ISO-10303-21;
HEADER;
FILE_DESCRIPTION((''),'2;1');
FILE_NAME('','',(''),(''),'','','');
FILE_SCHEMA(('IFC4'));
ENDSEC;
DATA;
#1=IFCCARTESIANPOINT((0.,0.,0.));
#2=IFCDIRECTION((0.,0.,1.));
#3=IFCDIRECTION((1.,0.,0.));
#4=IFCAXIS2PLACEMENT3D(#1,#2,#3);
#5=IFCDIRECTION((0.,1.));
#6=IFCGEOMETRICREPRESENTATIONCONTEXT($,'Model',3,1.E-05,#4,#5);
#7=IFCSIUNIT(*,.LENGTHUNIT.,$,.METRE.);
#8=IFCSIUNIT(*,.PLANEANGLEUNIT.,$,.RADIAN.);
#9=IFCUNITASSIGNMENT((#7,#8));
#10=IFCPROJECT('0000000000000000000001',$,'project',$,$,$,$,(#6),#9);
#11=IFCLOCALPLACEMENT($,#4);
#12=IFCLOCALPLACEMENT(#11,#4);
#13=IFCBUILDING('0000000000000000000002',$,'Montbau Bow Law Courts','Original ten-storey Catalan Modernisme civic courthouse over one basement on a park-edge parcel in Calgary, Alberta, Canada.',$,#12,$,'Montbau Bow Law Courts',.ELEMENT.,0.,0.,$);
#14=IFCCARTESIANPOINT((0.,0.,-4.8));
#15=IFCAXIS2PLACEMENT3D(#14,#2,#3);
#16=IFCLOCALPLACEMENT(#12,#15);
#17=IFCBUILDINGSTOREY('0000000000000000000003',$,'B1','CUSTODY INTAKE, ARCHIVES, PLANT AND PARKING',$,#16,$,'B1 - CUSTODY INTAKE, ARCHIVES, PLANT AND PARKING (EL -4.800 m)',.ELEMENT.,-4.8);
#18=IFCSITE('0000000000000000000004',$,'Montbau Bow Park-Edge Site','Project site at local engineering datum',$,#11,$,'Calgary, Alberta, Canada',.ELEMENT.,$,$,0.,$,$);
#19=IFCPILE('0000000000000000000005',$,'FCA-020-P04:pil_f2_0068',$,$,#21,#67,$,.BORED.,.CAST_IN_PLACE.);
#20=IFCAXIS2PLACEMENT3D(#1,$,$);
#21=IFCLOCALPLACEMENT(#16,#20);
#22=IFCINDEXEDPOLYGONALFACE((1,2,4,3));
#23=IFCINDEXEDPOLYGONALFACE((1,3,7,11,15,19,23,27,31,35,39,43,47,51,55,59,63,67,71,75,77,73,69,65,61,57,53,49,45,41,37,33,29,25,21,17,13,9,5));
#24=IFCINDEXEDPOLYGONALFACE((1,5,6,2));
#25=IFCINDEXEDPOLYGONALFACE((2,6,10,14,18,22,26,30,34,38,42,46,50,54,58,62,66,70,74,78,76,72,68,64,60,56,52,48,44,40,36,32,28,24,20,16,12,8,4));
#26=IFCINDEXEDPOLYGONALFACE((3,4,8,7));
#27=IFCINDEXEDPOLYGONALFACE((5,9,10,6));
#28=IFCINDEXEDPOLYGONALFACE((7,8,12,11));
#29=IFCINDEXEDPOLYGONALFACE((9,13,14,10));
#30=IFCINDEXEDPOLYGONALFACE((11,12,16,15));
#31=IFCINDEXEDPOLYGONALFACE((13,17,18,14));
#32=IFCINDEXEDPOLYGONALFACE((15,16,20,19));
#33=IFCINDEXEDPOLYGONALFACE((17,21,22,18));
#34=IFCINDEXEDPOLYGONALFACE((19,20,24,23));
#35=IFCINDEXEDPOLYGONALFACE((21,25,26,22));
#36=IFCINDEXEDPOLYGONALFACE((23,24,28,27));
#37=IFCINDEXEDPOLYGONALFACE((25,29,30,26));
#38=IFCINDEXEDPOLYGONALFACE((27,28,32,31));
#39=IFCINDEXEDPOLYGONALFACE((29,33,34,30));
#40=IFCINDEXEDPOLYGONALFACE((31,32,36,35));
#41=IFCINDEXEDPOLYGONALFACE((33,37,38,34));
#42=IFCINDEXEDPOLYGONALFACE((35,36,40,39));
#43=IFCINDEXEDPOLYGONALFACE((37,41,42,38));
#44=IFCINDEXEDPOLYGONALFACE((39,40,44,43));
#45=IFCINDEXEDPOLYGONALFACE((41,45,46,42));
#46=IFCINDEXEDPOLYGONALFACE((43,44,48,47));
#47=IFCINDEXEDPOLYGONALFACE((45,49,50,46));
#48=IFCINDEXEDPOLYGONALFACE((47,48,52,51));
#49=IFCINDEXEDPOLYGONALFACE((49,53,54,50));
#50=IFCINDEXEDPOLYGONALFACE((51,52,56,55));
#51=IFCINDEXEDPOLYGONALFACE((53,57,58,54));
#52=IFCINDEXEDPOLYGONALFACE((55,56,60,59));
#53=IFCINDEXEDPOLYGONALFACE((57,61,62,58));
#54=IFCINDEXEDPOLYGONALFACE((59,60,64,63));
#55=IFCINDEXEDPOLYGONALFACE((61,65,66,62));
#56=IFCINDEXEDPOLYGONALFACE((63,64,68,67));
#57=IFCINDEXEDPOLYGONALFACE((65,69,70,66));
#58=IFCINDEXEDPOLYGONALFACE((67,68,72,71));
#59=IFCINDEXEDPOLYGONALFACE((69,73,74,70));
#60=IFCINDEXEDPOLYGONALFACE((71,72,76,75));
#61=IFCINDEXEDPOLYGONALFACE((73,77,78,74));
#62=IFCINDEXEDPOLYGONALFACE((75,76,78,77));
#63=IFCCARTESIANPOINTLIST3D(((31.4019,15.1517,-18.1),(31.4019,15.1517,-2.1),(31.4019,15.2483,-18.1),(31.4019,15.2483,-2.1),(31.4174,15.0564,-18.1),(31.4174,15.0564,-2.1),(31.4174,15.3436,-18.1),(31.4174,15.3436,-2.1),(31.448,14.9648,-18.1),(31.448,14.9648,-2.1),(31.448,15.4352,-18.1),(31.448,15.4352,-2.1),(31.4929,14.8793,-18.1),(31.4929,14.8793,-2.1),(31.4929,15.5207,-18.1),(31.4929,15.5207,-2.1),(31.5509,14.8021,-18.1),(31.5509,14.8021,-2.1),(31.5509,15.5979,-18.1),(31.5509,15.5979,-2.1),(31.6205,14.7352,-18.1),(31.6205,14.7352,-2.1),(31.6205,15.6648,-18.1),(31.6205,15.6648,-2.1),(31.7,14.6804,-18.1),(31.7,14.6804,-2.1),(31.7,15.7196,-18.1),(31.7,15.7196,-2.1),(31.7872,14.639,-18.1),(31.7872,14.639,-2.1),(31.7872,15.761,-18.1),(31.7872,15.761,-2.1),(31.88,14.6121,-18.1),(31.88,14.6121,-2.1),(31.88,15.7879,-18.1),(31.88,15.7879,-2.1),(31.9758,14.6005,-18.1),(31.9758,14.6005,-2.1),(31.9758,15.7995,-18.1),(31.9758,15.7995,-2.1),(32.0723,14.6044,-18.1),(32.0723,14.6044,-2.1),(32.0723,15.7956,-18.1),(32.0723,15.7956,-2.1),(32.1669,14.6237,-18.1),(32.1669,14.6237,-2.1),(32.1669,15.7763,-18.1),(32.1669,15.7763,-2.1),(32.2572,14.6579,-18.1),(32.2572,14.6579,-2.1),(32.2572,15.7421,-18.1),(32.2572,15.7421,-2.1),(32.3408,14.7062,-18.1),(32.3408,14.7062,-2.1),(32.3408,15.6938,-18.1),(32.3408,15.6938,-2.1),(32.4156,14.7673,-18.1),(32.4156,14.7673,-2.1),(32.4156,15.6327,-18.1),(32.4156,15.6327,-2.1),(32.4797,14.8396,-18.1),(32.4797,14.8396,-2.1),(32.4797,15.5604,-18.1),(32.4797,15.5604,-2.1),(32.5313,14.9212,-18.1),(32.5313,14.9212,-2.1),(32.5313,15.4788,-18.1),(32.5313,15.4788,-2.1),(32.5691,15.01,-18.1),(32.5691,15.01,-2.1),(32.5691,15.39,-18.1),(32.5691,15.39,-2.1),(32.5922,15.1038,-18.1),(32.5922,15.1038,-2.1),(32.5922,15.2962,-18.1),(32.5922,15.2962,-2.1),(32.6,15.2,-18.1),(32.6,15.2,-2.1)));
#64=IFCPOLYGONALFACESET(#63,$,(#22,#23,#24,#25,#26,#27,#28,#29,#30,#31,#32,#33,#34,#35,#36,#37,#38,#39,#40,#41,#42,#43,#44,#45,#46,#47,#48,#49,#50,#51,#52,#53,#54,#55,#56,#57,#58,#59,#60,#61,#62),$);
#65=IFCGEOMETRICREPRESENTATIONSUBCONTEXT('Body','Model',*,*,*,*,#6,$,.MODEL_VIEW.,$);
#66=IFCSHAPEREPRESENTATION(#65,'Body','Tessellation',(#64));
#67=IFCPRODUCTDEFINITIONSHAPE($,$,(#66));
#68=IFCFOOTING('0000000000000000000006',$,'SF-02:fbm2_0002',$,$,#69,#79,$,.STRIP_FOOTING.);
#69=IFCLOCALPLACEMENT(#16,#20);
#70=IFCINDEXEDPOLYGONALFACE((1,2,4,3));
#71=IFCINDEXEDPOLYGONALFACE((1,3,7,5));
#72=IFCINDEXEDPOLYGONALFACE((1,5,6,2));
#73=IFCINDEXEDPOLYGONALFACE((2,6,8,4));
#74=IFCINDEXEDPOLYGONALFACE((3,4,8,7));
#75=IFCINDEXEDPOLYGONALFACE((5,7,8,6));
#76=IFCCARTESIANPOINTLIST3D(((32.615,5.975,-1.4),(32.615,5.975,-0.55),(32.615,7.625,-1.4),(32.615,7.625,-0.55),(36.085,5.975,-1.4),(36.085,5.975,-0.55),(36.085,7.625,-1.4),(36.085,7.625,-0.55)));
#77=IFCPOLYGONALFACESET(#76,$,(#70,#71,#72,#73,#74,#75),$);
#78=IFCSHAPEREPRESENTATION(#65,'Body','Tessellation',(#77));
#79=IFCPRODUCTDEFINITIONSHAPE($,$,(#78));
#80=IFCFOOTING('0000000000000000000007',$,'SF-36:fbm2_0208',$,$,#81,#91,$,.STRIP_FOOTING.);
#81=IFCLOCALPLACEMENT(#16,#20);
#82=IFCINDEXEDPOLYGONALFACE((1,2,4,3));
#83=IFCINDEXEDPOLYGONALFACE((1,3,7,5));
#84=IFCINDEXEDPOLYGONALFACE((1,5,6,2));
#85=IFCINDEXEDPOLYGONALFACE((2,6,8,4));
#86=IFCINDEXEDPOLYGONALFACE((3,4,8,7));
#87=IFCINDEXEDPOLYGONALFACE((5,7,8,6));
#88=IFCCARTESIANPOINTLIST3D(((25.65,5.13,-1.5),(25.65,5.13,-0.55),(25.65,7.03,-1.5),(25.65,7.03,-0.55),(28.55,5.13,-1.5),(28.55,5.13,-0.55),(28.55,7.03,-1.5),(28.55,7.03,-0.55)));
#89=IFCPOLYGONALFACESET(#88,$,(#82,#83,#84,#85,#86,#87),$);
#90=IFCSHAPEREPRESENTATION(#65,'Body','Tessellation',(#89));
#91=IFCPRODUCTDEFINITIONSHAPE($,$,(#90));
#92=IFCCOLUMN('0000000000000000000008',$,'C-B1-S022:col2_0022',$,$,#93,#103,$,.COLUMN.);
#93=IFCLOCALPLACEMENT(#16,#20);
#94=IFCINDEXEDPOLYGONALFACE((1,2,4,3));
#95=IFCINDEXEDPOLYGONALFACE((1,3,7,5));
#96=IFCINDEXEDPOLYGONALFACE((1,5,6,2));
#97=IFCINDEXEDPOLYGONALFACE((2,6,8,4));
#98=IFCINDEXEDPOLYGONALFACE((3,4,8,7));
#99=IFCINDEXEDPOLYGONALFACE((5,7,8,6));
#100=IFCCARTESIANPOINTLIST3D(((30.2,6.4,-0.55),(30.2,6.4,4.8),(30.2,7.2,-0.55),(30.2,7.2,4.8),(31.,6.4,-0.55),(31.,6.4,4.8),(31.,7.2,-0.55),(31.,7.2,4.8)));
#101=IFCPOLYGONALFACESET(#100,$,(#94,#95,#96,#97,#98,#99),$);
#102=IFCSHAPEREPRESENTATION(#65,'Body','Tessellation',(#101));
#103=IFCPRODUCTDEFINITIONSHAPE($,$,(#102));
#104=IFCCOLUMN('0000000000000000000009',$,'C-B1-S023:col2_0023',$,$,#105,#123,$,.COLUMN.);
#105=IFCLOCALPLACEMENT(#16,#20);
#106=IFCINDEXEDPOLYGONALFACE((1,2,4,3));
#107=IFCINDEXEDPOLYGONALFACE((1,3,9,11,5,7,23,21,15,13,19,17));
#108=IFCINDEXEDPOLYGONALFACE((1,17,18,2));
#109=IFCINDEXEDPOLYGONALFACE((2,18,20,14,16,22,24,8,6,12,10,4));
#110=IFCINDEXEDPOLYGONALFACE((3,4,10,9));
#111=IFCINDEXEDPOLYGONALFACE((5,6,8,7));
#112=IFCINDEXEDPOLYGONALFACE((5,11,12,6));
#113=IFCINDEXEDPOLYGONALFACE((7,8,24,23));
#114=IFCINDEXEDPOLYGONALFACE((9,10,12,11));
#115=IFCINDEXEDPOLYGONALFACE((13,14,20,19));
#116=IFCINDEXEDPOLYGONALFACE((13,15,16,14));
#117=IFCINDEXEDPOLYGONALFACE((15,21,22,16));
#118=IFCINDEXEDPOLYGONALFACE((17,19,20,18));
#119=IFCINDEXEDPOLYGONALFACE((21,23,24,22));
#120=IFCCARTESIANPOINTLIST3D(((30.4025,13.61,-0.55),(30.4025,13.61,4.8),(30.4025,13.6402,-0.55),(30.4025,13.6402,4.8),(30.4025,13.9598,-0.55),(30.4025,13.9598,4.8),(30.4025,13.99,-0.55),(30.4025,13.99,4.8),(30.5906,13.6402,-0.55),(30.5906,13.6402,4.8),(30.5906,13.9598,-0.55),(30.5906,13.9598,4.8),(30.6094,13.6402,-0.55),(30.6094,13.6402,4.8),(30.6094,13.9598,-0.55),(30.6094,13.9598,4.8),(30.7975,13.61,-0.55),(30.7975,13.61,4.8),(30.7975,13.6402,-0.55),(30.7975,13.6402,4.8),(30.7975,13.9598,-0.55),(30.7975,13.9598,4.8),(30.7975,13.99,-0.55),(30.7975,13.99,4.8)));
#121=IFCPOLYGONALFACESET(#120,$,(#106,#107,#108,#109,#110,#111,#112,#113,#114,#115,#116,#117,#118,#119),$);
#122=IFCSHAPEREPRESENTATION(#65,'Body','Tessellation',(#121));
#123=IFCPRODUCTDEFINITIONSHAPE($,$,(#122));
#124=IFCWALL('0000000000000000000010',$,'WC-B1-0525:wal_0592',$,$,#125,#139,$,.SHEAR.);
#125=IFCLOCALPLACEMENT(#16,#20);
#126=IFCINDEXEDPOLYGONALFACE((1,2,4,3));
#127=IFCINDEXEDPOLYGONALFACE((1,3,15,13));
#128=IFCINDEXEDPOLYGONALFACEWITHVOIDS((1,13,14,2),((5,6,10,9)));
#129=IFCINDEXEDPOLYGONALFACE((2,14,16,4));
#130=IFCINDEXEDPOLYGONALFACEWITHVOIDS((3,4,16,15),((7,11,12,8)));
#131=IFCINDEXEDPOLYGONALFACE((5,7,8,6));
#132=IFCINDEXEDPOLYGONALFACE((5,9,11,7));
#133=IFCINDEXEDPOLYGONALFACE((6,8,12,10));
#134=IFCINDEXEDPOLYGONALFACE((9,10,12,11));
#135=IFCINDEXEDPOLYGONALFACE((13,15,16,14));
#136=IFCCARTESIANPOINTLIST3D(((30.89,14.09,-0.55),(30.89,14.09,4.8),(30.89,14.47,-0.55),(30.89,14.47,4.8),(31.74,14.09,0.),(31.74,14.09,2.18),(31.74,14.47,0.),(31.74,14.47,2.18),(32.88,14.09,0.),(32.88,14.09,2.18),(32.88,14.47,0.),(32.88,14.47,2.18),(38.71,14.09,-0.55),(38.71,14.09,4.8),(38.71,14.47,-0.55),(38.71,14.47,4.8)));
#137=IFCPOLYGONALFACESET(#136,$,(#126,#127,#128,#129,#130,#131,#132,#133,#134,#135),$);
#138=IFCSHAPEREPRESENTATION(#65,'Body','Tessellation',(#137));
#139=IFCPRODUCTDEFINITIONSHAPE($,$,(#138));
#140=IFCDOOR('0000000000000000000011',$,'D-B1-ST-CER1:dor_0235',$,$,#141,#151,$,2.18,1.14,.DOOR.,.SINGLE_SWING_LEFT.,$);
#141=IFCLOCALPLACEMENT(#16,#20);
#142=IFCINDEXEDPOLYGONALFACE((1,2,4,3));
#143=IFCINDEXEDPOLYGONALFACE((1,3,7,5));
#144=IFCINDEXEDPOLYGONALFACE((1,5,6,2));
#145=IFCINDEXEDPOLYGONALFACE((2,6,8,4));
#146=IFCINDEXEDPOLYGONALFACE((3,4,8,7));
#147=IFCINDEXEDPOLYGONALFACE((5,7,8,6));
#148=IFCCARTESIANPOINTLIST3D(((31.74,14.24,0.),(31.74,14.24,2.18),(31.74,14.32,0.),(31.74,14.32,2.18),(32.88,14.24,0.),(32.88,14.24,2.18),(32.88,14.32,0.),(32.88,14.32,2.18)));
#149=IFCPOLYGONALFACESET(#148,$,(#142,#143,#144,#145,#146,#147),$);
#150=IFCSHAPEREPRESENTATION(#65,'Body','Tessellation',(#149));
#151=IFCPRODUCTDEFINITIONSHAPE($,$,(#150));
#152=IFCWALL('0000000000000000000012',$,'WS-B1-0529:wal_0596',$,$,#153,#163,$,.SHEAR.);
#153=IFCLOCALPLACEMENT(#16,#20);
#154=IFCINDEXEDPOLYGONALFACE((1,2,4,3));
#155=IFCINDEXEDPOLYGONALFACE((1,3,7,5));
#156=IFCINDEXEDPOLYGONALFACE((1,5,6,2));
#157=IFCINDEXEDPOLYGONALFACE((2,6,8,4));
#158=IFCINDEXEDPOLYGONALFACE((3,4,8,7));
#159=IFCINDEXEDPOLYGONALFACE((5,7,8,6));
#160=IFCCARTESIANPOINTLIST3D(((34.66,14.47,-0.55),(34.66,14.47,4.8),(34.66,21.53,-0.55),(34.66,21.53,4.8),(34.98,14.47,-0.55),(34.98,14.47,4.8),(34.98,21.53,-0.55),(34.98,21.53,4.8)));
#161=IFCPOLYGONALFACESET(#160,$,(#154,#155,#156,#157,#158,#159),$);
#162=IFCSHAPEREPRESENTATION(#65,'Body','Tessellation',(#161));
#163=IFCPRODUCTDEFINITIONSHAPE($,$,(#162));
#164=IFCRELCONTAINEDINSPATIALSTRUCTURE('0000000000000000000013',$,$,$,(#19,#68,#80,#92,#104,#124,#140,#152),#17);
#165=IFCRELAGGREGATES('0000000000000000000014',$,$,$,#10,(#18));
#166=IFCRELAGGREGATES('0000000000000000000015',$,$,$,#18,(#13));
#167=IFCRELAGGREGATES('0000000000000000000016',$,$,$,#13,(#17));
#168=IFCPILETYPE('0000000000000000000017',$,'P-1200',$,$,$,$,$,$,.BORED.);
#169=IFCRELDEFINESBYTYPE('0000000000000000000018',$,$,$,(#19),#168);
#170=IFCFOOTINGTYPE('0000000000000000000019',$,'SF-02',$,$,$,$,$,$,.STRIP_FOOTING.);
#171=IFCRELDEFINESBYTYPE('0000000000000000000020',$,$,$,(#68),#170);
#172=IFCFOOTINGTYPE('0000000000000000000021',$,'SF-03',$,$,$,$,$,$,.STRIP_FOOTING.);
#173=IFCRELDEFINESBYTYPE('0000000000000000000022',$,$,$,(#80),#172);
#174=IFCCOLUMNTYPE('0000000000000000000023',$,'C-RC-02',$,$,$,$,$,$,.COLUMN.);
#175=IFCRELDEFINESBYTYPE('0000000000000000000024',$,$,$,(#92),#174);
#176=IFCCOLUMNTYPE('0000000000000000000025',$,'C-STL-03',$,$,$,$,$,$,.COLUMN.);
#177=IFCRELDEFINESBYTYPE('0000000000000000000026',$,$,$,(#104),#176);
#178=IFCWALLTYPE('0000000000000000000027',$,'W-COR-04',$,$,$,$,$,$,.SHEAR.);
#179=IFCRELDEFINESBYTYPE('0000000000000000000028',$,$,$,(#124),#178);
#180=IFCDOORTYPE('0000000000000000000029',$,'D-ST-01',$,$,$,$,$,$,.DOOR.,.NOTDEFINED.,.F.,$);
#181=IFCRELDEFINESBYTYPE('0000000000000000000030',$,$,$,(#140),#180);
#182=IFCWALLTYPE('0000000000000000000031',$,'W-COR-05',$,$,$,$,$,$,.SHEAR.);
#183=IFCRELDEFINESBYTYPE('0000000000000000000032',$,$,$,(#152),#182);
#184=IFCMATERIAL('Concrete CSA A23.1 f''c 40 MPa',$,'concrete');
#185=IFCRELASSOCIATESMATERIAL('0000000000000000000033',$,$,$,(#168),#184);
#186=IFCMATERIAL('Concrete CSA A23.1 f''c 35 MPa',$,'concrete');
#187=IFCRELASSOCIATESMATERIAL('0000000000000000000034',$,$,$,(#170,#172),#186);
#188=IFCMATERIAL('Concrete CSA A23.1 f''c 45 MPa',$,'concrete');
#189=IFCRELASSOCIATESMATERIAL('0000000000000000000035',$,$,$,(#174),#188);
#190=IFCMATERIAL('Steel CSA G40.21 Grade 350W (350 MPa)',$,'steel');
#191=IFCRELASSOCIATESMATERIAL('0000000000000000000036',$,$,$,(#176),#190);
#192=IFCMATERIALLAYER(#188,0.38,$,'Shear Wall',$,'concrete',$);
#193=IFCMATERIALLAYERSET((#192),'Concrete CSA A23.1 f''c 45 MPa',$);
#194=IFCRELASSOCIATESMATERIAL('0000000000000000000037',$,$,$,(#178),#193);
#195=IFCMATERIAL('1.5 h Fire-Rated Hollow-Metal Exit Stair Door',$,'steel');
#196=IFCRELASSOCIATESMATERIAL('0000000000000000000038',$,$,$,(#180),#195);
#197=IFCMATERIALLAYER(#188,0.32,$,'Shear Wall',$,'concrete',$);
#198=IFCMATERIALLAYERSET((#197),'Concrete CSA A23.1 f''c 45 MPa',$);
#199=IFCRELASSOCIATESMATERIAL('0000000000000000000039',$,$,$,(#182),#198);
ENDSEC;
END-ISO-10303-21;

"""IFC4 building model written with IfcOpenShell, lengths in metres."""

from ifc_helpers import new_model, si_unit, direction, frame, frame_2d, origin_with_axes, origin_2d_with_axis, place, context, subcontext, project, spatial, rectangle, circle, i_section, extrude, material, layer, layer_set, material_profile, profile_set, type_object, element, fill, save


model = new_model("IFC4")

# Units and contexts
model_context = context("Model", 3, precision=1e-05, world=origin_with_axes(), true_north=direction((0.0, 1.0)))
body_context = subcontext(model_context, "Body", "Model", "MODEL_VIEW")
ifc_project = project(units=[si_unit("LENGTHUNIT", "METRE"), si_unit("PLANEANGLEUNIT", "RADIAN")], contexts=[model_context])

# Site, building, storey
site_placement = place(None, origin_with_axes())
site = spatial("IfcSite", under=ifc_project, at=site_placement, Name="Montbau Bow Park-Edge Site", Description="Project site at local engineering datum", LongName="Calgary, Alberta, Canada", CompositionType="ELEMENT", RefElevation=0.0)
building_placement = place(site_placement, origin_with_axes())
building = spatial("IfcBuilding", under=site, at=building_placement, Name="Montbau Bow Law Courts", Description="Original ten-storey Catalan Modernisme civic courthouse over one basement on a park-edge parcel in Calgary, Alberta, Canada.", LongName="Montbau Bow Law Courts", CompositionType="ELEMENT", ElevationOfRefHeight=0.0, ElevationOfTerrain=0.0)
storey_placement = place(building_placement, frame((0.0, 0.0, -4.8), z_axis=(0.0, 0.0, 1.0), x_axis=(1.0, 0.0, 0.0)))
storey = spatial("IfcBuildingStorey", under=building, at=storey_placement, Name="B1", Description="CUSTODY INTAKE, ARCHIVES, PLANT AND PARKING", LongName="B1 - CUSTODY INTAKE, ARCHIVES, PLANT AND PARKING (EL -4.800 m)", CompositionType="ELEMENT", Elevation=-4.8)

# Shared definitions
ifc_material_1 = material(Name="Concrete CSA A23.1 f'c 35 MPa", Category="concrete")

# Pile
ifc_material_2 = material(Name="Concrete CSA A23.1 f'c 40 MPa", Category="concrete")
ifc_material_profile_1 = material_profile(ifc_material_2, circle(Radius=0.6, at=origin_2d_with_axis()), Name="BP1200", Category="Main", Priority=0)
ifc_profile_set_1 = profile_set([ifc_material_profile_1], Name="Concrete CSA A23.1 f'c 40 MPa")
pile_type_1 = type_object("IfcPileType", Name="P-1200", PredefinedType="BORED", material=ifc_profile_set_1)
for number, where, z_axis, x_axis, name in (
    (1, (32.0, 15.2, -22.9), (0.0, 0.0, 1.0), (1.0, 0.0, 0.0), "FCA-020-P04:pil_f2_0068"),
):
    element("IfcPile", number, at=place(None, frame(where, z_axis=z_axis, x_axis=x_axis)), inside=storey, type_object=pile_type_1, Name=name, ConstructionType="CAST_IN_PLACE", PredefinedType="BORED", context=body_context, shape_type="SweptSolid", body=[
        extrude(circle(Radius=0.6, at=origin_2d_with_axis()), origin_with_axes(), (0.0, 0.0, 1.0), 16.0),
    ])

# Footings
footing_type_1 = type_object("IfcFootingType", Name="SF-02", PredefinedType="STRIP_FOOTING", material=ifc_material_1)
footing_1_placement = place(None, frame((34.35, 6.8, -6.2), z_axis=(0.0, 0.0, 1.0), x_axis=(1.0, 0.0, 0.0)))
element("IfcFooting", 2, at=footing_1_placement, inside=storey, type_object=footing_type_1, Name="SF-02:fbm2_0002", PredefinedType="STRIP_FOOTING", context=body_context, shape_type="SweptSolid", body=[
    extrude(rectangle(XDim=3.47, YDim=1.65, at=origin_2d_with_axis()), origin_with_axes(), (0.0, 0.0, 1.0), 0.85),
])
footing_type_2 = type_object("IfcFootingType", Name="SF-03", PredefinedType="STRIP_FOOTING", material=ifc_material_1)
footing_2_placement = place(None, frame((27.1, 6.08, -6.3), z_axis=(0.0, 0.0, 1.0), x_axis=(1.0, 0.0, 0.0)))
element("IfcFooting", 3, at=footing_2_placement, inside=storey, type_object=footing_type_2, Name="SF-36:fbm2_0208", PredefinedType="STRIP_FOOTING", context=body_context, shape_type="SweptSolid", body=[
    extrude(rectangle(XDim=2.9, YDim=1.9, at=origin_2d_with_axis()), origin_with_axes(), (0.0, 0.0, 1.0), 0.95),
])

# Columns
ifc_material_3 = material(Name="Concrete CSA A23.1 f'c 45 MPa", Category="concrete")
ifc_material_profile_2 = material_profile(ifc_material_3, rectangle(XDim=0.8, YDim=0.8, at=origin_2d_with_axis()), Name="RC800X800", Category="Main", Priority=0)
ifc_profile_set_2 = profile_set([ifc_material_profile_2], Name="Concrete CSA A23.1 f'c 45 MPa")
column_type_1 = type_object("IfcColumnType", Name="C-RC-02", PredefinedType="COLUMN", material=ifc_profile_set_2)
column_1_placement = place(None, frame((30.6, 6.8, -5.35), z_axis=(0.0, 0.0, 1.0), x_axis=(1.0, 0.0, 0.0)))
element("IfcColumn", 4, at=column_1_placement, inside=storey, type_object=column_type_1, Name="C-B1-S022:col2_0022", PredefinedType="COLUMN", context=body_context, shape_type="SweptSolid", body=[
    extrude(rectangle(XDim=0.8, YDim=0.8, at=origin_2d_with_axis()), origin_with_axes(), (0.0, 0.0, 1.0), 5.35),
])
ifc_material_4 = material(Name="Steel CSA G40.21 Grade 350W (350 MPa)", Category="steel")
ifc_material_profile_3 = material_profile(ifc_material_4, i_section(OverallWidth=0.395, OverallDepth=0.38, WebThickness=0.0189, FlangeThickness=0.0302, at=origin_2d_with_axis()), Name="W360X237", Category="Main", Priority=0)
ifc_profile_set_3 = profile_set([ifc_material_profile_3], Name="Steel CSA G40.21 Grade 350W (350 MPa)")
column_type_2 = type_object("IfcColumnType", Name="C-STL-03", PredefinedType="COLUMN", material=ifc_profile_set_3)
column_2_placement = place(None, frame((30.6, 13.8, -5.35), z_axis=(0.0, 0.0, 1.0), x_axis=(1.0, 0.0, 0.0)))
element("IfcColumn", 5, at=column_2_placement, inside=storey, type_object=column_type_2, Name="C-B1-S023:col2_0023", PredefinedType="COLUMN", context=body_context, shape_type="SweptSolid", body=[
    extrude(i_section(OverallWidth=0.395, OverallDepth=0.38, WebThickness=0.0189, FlangeThickness=0.0302, at=origin_2d_with_axis()), origin_with_axes(), (0.0, 0.0, 1.0), 5.35),
])

# Wall, opening, door
ifc_layer_1 = layer(ifc_material_3, 0.38, Name="Shear Wall", Category="concrete")
ifc_layer_set_1 = layer_set([ifc_layer_1], Name="Concrete CSA A23.1 f'c 45 MPa")
wall_type_1 = type_object("IfcWallType", Name="W-COR-04", PredefinedType="SHEAR", material=ifc_layer_set_1)
wall_1_placement = place(None, frame((30.89, 14.28, -5.35), z_axis=(0.0, 0.0, 1.0), x_axis=(1.0, 0.0, 0.0)))
wall_1 = element("IfcWall", 6, at=wall_1_placement, inside=storey, type_object=wall_type_1, Name="WC-B1-0525:wal_0592", PredefinedType="SHEAR", context=body_context, shape_type="SweptSolid", body=[
    extrude(rectangle(XDim=7.82, YDim=0.38, at=frame_2d((3.91, 0.0), x_axis=(1.0, 0.0))), origin_with_axes(), (0.0, 0.0, 1.0), 5.35),
])
opening_placement = place(None, frame((32.31, 14.28, -4.8), z_axis=(0.0, 0.0, 1.0), x_axis=(1.0, 0.0, 0.0)))
opening = element("IfcOpeningElement", 7, at=opening_placement, cuts=wall_1, PredefinedType="OPENING", context=body_context, shape_type="SweptSolid", body=[
    extrude(rectangle(XDim=1.14, YDim=2.18, at=frame_2d((0.0, 1.09), x_axis=(1.0, 0.0))), frame((0.0, 0.2, 0.0), z_axis=(0.0, -1.0, 0.0), x_axis=(1.0, 0.0, 0.0)), (0.0, 0.0, 1.0), 0.4),
])
ifc_material_5 = material(Name="1.5 h Fire-Rated Hollow-Metal Exit Stair Door", Category="steel")
door_type = type_object("IfcDoorType", Name="D-ST-01", OperationType="NOTDEFINED", ParameterTakesPrecedence=False, PredefinedType="DOOR", material=ifc_material_5)
door_placement = place(None, frame((32.31, 14.28, -4.8), z_axis=(0.0, 0.0, 1.0), x_axis=(-1.0, 0.0, 0.0)))
door = element("IfcDoor", 8, at=door_placement, inside=storey, type_object=door_type, Name="D-B1-ST-CER1:dor_0235", OperationType="SINGLE_SWING_LEFT", OverallHeight=2.18, OverallWidth=1.14, PredefinedType="DOOR", context=body_context, shape_type="SweptSolid", body=[
    extrude(rectangle(XDim=1.14, YDim=2.18, at=frame_2d((0.0, 1.09), x_axis=(1.0, 0.0))), frame((0.0, 0.04, 0.0), z_axis=(0.0, -1.0, 0.0), x_axis=(1.0, 0.0, 0.0)), (0.0, 0.0, 1.0), 0.08),
])
fill(opening, door)

# Wall
ifc_layer_2 = layer(ifc_material_3, 0.32, Name="Shear Wall", Category="concrete")
ifc_layer_set_2 = layer_set([ifc_layer_2], Name="Concrete CSA A23.1 f'c 45 MPa")
wall_type_2 = type_object("IfcWallType", Name="W-COR-05", PredefinedType="SHEAR", material=ifc_layer_set_2)
wall_2_placement = place(None, frame((34.82, 14.47, -5.35), z_axis=(0.0, 0.0, 1.0), x_axis=(0.0, 1.0, 0.0)))
element("IfcWall", 9, at=wall_2_placement, inside=storey, type_object=wall_type_2, Name="WS-B1-0529:wal_0596", PredefinedType="SHEAR", context=body_context, shape_type="SweptSolid", body=[
    extrude(rectangle(XDim=7.06, YDim=0.32, at=frame_2d((3.53, 0.0), x_axis=(1.0, 0.0))), origin_with_axes(), (0.0, 0.0, 1.0), 5.35),
])

save(model, "model.ifc")
